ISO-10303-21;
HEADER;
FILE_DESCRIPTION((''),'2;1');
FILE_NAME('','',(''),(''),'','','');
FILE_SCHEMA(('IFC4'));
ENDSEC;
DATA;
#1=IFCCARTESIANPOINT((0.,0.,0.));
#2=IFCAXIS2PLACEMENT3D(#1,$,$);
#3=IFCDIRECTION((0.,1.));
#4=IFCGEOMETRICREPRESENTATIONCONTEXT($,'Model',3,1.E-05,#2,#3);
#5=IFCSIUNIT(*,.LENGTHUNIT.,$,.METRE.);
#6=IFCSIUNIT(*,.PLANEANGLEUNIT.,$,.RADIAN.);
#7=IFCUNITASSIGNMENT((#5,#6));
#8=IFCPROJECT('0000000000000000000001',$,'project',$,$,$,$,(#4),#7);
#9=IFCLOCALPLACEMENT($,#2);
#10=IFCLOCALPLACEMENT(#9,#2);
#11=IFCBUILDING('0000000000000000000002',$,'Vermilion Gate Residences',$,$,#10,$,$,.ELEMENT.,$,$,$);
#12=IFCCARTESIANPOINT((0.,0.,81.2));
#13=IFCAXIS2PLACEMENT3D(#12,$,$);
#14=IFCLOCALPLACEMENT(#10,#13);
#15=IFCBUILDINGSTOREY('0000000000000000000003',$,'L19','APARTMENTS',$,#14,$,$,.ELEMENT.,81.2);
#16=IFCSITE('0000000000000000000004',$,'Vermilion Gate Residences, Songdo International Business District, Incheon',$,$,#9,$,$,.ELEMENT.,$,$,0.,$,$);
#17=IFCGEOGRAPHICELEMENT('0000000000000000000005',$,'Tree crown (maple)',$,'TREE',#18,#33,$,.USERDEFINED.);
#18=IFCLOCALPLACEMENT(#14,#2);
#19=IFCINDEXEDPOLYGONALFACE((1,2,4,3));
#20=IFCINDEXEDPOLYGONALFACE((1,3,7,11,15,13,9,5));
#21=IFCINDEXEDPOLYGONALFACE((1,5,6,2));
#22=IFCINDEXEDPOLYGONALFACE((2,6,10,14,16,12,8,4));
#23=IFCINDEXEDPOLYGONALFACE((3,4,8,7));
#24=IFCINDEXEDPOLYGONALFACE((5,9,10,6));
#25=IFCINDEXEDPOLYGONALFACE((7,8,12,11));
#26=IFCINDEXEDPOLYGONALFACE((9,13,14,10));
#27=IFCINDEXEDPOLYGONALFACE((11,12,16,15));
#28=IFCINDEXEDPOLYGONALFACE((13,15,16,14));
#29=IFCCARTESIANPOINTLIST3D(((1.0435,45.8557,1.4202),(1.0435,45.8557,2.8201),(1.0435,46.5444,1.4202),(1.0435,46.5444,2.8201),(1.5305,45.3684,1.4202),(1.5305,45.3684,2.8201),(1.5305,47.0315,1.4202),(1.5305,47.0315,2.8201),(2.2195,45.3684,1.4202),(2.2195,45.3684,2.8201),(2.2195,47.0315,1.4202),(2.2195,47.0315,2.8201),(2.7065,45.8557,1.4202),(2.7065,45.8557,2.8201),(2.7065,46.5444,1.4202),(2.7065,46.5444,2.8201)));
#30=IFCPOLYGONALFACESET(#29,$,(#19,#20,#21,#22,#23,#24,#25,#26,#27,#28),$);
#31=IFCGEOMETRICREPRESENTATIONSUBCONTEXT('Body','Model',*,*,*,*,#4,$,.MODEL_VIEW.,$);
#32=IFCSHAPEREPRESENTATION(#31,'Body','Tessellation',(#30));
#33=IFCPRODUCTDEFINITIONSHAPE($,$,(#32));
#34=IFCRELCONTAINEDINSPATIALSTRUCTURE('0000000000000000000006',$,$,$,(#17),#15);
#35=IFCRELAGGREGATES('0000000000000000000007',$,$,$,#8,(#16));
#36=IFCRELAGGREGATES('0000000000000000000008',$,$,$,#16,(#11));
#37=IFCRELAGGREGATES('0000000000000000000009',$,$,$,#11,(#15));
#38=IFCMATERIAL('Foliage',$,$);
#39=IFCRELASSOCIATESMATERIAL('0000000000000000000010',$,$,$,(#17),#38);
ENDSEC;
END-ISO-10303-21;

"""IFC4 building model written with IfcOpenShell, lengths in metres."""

from ifc_helpers import new_model, si_unit, direction, frame, origin, place, context, subcontext, project, spatial, polyline, outline, extrude, material, element, save


model = new_model("IFC4")

# Units and contexts
model_context = context("Model", 3, precision=1e-05, world=origin(), true_north=direction((0.0, 1.0)))
body_context = subcontext(model_context, "Body", "Model", "MODEL_VIEW")
ifc_project = project(units=[si_unit("LENGTHUNIT", "METRE"), si_unit("PLANEANGLEUNIT", "RADIAN")], contexts=[model_context])

# Site, building, storey
site_placement = place(None, origin())
site = spatial("IfcSite", under=ifc_project, at=site_placement, Name="Vermilion Gate Residences, Songdo International Business District, Incheon", CompositionType="ELEMENT", RefElevation=0.0)
building_placement = place(site_placement, origin())
building = spatial("IfcBuilding", under=site, at=building_placement, Name="Vermilion Gate Residences", CompositionType="ELEMENT")
storey_placement = place(building_placement, frame((0.0, 0.0, 81.2)))
storey = spatial("IfcBuildingStorey", under=building, at=storey_placement, Name="L19", Description="APARTMENTS", CompositionType="ELEMENT", Elevation=81.2)

# Geographic element
ifc_material_1 = material(Name="Foliage")
geographic_element_1_placement = place(storey_placement, frame((0.0, 0.0, 1.4202)))
element("IfcGeographicElement", 1, at=geographic_element_1_placement, inside=storey, material=ifc_material_1, Name="Tree crown (maple)", ObjectType="TREE", PredefinedType="USERDEFINED", context=body_context, shape_type="SweptSolid", body=[
    extrude(outline(polyline([(2.7065, 46.5444), (2.2195, 47.0315), (1.5305, 47.0315), (1.0435, 46.5444), (1.0435, 45.8557), (1.5305, 45.3684), (2.2195, 45.3684), (2.7065, 45.8557), (2.7065, 46.5444)])), origin(), (0.0, 0.0, 1.0), 1.3999),
])

save(model, "model.ifc")
